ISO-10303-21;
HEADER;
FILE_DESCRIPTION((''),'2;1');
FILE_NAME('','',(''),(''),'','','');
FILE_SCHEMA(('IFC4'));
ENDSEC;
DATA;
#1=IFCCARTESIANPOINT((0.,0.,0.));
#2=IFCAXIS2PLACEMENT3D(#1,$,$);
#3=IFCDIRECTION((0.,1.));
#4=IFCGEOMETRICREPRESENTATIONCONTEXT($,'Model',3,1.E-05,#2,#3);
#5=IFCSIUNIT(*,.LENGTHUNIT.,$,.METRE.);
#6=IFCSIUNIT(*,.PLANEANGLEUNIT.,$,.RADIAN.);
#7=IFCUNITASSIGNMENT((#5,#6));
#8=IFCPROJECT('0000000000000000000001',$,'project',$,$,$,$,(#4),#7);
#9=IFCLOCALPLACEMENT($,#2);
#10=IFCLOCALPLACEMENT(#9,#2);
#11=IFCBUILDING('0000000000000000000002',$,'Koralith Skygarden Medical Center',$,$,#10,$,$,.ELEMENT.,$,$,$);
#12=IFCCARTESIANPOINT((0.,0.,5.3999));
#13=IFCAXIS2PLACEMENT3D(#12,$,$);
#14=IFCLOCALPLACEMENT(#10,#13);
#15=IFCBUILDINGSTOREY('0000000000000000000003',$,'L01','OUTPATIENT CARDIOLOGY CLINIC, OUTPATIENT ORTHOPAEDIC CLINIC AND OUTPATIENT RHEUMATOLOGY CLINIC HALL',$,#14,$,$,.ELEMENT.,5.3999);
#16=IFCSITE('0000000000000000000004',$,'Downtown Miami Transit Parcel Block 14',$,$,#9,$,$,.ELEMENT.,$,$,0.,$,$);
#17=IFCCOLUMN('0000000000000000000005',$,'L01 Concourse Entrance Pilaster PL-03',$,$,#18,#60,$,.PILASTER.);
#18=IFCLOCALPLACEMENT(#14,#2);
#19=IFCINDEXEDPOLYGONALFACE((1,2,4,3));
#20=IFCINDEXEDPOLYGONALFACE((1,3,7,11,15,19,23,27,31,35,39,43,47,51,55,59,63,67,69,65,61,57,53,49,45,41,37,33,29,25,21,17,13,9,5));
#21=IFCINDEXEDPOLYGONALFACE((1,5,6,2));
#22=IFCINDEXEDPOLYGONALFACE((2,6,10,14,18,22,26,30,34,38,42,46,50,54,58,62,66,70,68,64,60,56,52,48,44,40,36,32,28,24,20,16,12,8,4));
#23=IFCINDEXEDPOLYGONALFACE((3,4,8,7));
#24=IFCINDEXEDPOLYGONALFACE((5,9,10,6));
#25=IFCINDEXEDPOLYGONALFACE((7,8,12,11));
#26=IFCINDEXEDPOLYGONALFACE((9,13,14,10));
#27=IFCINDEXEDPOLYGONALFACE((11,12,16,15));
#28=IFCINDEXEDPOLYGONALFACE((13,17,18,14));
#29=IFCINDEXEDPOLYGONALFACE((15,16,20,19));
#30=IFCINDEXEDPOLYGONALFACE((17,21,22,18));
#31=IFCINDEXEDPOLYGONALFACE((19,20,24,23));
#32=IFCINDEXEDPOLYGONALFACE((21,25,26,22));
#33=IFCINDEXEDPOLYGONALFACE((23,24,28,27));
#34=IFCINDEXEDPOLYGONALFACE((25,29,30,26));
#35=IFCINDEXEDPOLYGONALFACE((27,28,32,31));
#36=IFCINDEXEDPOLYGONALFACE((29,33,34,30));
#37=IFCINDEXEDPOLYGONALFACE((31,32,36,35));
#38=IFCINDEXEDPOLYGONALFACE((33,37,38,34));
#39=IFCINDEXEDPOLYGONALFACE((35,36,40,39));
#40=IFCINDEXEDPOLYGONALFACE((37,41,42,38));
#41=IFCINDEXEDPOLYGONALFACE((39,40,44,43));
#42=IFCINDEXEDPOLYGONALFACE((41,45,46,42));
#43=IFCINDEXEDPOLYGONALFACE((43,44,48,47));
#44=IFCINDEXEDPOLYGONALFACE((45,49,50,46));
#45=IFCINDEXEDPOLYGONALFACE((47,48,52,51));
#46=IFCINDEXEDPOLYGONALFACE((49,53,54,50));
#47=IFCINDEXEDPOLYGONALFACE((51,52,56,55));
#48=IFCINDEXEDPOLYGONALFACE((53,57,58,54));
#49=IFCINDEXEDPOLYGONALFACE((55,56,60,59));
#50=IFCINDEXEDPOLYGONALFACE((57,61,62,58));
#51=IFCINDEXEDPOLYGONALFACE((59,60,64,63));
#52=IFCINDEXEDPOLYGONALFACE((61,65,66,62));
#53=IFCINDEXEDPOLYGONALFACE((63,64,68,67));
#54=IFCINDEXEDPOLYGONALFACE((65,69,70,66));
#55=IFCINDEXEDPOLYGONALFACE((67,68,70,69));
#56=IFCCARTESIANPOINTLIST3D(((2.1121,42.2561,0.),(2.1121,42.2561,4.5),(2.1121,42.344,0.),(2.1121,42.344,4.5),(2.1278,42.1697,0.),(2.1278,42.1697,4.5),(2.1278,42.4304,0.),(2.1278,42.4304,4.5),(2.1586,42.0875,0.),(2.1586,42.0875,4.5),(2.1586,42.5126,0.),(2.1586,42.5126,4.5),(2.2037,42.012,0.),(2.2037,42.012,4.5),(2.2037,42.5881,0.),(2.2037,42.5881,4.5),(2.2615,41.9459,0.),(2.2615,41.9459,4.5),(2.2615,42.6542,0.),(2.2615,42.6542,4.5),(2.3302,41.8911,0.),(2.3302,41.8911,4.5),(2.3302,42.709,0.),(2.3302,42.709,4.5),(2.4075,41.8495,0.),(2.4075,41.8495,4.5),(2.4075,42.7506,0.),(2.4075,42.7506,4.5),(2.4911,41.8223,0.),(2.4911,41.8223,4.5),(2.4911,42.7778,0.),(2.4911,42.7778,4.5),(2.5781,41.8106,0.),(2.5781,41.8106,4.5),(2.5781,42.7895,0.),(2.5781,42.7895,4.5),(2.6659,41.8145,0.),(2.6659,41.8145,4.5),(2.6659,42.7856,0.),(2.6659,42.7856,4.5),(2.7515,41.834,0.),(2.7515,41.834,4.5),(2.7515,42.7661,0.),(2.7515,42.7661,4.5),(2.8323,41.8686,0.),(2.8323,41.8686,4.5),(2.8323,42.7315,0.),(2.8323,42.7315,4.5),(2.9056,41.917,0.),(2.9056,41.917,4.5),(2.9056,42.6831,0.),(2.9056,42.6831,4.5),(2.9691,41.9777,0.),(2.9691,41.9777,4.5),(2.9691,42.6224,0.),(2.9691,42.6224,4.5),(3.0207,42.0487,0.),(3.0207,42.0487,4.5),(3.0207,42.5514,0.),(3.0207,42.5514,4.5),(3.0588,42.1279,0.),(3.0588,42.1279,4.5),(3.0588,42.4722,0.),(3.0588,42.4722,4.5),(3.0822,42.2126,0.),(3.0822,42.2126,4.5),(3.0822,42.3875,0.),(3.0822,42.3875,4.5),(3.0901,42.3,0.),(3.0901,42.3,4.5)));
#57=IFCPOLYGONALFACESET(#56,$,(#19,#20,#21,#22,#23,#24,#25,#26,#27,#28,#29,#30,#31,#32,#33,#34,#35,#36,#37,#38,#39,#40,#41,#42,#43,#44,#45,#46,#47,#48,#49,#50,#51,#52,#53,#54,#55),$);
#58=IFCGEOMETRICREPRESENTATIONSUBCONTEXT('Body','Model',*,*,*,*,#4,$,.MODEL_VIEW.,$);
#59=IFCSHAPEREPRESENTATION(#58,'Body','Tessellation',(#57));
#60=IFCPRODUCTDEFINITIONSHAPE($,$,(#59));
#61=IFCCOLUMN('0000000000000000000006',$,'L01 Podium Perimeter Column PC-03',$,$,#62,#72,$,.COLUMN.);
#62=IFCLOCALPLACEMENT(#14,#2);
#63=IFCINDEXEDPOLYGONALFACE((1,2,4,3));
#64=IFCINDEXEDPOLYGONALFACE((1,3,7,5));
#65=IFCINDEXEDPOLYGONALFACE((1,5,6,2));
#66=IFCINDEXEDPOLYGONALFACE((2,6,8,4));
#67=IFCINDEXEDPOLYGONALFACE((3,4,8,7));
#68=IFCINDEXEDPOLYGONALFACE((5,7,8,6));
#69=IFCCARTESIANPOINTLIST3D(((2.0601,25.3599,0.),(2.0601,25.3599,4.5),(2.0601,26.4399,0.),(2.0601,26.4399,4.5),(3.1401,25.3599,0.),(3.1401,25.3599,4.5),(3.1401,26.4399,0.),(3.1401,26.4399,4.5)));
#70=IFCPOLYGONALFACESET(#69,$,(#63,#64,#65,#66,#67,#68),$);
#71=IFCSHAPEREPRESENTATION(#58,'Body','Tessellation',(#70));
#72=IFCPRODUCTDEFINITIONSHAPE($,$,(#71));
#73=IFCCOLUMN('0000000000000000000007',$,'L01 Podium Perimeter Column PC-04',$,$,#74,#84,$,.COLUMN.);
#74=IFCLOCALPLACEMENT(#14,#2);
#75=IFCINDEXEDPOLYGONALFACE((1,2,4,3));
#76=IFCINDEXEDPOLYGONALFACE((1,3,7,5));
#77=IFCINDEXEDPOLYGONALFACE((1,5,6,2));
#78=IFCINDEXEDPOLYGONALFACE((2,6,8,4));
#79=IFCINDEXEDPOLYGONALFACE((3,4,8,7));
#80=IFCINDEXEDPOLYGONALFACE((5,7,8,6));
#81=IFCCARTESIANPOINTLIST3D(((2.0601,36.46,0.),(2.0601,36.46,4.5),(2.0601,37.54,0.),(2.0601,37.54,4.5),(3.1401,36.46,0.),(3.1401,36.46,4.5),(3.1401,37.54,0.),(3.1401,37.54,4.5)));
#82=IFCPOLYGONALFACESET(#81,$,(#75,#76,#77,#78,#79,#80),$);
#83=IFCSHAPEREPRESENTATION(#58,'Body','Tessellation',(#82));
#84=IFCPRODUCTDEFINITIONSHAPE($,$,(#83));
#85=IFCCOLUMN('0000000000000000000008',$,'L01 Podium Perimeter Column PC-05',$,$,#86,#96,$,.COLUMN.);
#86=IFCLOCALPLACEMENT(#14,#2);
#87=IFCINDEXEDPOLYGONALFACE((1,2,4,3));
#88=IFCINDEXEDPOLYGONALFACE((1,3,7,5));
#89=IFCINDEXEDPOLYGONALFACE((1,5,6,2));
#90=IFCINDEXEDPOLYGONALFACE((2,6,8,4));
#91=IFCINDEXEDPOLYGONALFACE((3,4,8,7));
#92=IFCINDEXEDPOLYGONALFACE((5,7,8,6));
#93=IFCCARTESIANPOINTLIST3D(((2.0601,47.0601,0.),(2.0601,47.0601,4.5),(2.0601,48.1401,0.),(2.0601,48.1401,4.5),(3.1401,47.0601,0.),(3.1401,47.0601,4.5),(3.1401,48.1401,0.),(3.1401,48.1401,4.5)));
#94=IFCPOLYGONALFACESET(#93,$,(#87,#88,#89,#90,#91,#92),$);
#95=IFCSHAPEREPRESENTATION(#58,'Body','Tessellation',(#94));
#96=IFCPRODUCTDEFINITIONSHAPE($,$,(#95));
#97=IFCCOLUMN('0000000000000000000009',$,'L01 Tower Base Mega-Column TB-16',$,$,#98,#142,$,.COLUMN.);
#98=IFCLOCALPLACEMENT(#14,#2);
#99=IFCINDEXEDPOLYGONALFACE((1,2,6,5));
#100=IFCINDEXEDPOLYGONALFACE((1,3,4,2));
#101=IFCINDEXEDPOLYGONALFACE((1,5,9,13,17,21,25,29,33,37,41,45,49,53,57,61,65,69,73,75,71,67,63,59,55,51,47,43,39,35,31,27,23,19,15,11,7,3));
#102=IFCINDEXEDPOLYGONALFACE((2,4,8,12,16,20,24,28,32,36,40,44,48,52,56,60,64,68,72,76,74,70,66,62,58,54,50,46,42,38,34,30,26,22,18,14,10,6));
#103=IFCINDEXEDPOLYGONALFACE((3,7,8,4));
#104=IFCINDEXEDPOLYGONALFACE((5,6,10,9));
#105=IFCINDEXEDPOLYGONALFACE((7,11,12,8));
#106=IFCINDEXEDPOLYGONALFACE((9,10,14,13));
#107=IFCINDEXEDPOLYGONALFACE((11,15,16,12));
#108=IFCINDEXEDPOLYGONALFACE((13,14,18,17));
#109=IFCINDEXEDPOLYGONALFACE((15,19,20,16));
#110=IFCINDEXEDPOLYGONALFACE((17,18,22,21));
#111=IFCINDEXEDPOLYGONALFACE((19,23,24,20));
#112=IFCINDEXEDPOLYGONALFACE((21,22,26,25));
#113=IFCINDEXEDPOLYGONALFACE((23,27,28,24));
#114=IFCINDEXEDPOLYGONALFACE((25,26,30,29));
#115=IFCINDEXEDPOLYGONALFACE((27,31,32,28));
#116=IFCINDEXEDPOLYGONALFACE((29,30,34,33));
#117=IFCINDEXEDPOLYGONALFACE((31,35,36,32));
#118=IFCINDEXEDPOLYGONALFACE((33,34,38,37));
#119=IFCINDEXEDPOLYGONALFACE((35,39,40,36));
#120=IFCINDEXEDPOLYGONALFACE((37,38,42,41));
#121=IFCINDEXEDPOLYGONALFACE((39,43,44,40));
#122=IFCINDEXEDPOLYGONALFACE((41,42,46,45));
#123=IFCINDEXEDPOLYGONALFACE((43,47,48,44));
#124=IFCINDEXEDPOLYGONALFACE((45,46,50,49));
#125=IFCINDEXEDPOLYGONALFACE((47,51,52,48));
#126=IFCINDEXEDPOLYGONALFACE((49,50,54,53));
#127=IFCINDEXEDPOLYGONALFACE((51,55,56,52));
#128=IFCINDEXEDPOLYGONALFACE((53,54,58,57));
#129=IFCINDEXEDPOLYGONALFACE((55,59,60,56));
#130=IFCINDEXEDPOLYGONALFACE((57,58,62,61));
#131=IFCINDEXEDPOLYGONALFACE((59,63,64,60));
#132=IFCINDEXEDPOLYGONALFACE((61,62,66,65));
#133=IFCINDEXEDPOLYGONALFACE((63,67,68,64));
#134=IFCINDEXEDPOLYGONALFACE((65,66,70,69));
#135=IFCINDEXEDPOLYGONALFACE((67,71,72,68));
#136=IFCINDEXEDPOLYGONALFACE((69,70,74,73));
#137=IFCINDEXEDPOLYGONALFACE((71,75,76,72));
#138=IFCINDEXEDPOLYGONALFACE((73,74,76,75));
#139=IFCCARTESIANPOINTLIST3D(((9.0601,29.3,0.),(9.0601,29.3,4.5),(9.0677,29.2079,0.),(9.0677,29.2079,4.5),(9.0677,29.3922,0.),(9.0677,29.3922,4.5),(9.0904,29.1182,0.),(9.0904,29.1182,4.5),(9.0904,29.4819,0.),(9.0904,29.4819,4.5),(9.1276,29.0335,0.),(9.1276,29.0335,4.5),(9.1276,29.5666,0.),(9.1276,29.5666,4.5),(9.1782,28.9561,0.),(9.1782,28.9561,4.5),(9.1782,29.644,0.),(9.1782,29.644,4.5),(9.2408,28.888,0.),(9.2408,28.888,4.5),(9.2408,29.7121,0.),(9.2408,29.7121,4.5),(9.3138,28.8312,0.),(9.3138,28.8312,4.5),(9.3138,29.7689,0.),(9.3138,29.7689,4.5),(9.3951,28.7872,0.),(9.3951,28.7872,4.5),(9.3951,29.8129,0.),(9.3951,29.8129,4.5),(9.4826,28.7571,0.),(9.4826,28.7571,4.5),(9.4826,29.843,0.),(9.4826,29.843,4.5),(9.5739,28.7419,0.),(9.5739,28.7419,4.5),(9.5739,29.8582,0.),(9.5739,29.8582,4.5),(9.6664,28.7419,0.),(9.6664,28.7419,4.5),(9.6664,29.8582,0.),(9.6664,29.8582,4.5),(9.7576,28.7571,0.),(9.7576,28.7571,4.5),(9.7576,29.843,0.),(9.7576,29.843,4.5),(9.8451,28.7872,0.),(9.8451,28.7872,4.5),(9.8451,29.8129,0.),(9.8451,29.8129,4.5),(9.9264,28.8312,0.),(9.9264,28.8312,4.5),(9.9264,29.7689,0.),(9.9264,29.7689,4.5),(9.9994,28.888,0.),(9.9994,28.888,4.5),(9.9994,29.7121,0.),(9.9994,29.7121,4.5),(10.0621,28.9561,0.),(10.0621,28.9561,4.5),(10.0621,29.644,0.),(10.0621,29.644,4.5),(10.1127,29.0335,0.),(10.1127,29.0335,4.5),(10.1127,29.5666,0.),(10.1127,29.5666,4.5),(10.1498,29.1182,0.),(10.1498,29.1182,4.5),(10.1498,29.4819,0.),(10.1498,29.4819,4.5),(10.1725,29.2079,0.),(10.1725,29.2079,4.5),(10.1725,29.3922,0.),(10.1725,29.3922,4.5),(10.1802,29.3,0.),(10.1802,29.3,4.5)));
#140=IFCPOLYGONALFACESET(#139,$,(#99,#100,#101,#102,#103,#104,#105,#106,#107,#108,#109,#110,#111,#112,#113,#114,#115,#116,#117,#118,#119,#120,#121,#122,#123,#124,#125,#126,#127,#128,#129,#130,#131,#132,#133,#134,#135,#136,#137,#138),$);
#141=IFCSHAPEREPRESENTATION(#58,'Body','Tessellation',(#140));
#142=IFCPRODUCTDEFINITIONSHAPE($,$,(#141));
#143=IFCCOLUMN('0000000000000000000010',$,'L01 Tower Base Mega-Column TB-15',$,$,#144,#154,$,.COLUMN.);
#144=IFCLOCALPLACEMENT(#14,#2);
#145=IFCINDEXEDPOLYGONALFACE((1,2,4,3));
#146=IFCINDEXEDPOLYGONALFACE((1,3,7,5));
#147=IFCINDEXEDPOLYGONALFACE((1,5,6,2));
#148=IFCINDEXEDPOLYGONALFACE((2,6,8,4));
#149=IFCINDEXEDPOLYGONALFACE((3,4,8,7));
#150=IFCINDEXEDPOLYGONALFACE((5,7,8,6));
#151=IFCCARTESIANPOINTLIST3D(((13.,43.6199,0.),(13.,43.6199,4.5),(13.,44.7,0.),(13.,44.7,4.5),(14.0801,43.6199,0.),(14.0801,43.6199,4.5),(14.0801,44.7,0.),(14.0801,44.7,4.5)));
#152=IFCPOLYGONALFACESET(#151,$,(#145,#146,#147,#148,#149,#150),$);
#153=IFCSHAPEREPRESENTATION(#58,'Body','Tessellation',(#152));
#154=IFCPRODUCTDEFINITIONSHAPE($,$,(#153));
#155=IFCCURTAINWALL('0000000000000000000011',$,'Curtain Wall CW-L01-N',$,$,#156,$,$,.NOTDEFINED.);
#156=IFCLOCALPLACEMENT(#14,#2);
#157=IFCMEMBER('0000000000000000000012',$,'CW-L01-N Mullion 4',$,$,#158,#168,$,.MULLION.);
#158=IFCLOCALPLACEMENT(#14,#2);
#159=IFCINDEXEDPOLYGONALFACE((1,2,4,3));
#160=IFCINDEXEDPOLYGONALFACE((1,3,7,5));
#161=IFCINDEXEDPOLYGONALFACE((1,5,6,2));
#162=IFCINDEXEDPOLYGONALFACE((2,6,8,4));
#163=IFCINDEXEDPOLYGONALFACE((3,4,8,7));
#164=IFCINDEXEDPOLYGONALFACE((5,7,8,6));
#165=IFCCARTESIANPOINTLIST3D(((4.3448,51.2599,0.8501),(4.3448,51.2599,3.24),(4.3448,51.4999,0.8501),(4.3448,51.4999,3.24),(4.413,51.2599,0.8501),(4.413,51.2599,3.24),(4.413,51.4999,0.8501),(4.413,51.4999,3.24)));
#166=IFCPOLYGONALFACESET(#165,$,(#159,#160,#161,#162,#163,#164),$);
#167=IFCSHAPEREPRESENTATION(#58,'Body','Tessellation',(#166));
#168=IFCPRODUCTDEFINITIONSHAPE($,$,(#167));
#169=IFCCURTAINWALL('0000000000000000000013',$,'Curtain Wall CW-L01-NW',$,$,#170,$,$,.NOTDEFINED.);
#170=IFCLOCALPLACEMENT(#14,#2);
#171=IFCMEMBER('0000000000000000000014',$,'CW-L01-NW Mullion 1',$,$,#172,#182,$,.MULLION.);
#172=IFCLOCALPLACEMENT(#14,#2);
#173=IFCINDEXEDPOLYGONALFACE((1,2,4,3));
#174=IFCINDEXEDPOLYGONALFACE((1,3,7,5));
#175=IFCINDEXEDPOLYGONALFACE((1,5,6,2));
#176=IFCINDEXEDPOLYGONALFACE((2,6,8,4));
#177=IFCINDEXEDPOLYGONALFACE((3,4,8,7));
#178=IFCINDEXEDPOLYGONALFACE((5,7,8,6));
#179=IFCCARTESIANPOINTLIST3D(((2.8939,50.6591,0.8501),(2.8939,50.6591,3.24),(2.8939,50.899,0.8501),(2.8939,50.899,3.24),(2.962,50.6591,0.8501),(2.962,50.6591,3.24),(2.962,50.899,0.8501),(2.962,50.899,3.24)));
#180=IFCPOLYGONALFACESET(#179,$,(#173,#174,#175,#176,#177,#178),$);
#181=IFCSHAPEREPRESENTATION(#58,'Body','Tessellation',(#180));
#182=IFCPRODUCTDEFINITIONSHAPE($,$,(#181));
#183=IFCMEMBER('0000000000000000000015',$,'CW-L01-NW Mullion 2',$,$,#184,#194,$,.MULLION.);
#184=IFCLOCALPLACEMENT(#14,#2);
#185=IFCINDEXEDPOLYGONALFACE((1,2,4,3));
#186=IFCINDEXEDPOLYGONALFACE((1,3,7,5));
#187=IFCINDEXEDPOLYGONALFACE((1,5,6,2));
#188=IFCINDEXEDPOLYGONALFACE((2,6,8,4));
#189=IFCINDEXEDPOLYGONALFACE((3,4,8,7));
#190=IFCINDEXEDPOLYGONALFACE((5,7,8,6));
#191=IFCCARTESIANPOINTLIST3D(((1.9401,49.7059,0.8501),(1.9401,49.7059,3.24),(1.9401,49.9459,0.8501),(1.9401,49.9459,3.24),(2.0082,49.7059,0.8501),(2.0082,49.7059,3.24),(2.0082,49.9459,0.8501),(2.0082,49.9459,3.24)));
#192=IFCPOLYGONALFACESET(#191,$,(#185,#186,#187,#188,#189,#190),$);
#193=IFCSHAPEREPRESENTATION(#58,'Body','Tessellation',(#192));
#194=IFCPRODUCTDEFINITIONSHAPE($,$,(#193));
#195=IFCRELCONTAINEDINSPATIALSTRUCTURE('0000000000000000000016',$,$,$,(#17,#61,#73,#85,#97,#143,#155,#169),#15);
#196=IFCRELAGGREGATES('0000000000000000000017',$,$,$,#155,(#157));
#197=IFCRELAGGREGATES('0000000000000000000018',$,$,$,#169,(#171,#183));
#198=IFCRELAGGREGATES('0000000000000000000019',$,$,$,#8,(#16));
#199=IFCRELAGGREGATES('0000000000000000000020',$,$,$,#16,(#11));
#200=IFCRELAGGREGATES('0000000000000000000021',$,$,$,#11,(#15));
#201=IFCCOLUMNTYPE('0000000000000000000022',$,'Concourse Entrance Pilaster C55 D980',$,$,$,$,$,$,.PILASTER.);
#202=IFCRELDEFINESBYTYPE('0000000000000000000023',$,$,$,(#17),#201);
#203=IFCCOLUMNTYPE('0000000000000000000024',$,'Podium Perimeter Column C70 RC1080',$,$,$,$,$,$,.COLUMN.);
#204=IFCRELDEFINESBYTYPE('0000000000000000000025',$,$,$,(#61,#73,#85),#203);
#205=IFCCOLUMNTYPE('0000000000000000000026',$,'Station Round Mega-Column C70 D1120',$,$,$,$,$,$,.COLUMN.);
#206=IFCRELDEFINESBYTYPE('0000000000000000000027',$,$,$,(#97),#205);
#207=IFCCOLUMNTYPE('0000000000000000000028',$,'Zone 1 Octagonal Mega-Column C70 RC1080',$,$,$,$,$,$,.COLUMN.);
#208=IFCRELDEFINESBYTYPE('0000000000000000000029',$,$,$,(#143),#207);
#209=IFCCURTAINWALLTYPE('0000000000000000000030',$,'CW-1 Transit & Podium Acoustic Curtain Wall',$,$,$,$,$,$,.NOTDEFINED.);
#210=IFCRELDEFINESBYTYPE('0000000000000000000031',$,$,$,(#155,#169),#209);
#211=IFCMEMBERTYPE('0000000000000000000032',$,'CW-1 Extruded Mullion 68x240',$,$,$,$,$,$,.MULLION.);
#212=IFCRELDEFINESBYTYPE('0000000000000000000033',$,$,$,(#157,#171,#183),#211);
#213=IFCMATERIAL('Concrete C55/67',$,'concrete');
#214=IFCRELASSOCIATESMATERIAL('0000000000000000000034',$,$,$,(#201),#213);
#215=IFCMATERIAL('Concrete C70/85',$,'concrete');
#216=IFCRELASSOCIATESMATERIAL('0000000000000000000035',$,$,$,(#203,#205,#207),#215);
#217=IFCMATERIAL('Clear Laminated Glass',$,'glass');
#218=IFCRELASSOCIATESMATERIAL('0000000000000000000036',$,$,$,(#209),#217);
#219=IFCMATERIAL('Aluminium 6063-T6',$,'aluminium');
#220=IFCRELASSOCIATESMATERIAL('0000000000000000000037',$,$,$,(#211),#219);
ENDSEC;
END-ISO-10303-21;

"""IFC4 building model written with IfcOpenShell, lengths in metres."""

from ifc_helpers import new_model, si_unit, direction, frame, origin, origin_2d, place, context, subcontext, project, spatial, rectangle, circle, extrude, material, material_profile, profile_set, type_object, element, aggregate, save


model = new_model("IFC4")

# Units and contexts
model_context = context("Model", 3, precision=1e-05, world=origin(), true_north=direction((0.0, 1.0)))
body_context = subcontext(model_context, "Body", "Model", "MODEL_VIEW")
ifc_project = project(units=[si_unit("LENGTHUNIT", "METRE"), si_unit("PLANEANGLEUNIT", "RADIAN")], contexts=[model_context])

# Site, building, storey
site_placement = place(None, origin())
site = spatial("IfcSite", under=ifc_project, at=site_placement, Name="Downtown Miami Transit Parcel Block 14", CompositionType="ELEMENT", RefElevation=0.0)
building_placement = place(site_placement, origin())
building = spatial("IfcBuilding", under=site, at=building_placement, Name="Koralith Skygarden Medical Center", CompositionType="ELEMENT")
storey_placement = place(building_placement, frame((0.0, 0.0, 5.3999)))
storey = spatial("IfcBuildingStorey", under=building, at=storey_placement, Name="L01", Description="OUTPATIENT CARDIOLOGY CLINIC, OUTPATIENT ORTHOPAEDIC CLINIC AND OUTPATIENT RHEUMATOLOGY CLINIC HALL", CompositionType="ELEMENT", Elevation=5.3999)

# Columns
ifc_material_1 = material(Name="Concrete C55/67", Category="concrete")
ifc_material_profile_1 = material_profile(ifc_material_1, circle(Radius=0.49, at=origin_2d()), Name="RCCOL980")
ifc_profile_set_1 = profile_set([ifc_material_profile_1], Name="Concrete C55/67")
column_type_1 = type_object("IfcColumnType", Name="Concourse Entrance Pilaster C55 D980", PredefinedType="PILASTER", material=ifc_profile_set_1)
column_1_placement = place(storey_placement, frame((2.6001, 42.3, 0.0), z_axis=(0.0, 0.0, 1.0), x_axis=(1.0, 0.0, 0.0)))
element("IfcColumn", 1, at=column_1_placement, inside=storey, type_object=column_type_1, Name="L01 Concourse Entrance Pilaster PL-03", PredefinedType="PILASTER", context=body_context, shape_type="SweptSolid", body=[
    extrude(circle(Radius=0.49, at=origin_2d()), origin(), (0.0, 0.0, 1.0), 4.5),
])
ifc_material_2 = material(Name="Concrete C70/85", Category="concrete")
ifc_material_profile_2 = material_profile(ifc_material_2, rectangle(XDim=1.0801, YDim=1.0801, at=origin_2d()), Name="RC1080X1080")
ifc_profile_set_2 = profile_set([ifc_material_profile_2], Name="Concrete C70/85")
column_type_2 = type_object("IfcColumnType", Name="Podium Perimeter Column C70 RC1080", PredefinedType="COLUMN", material=ifc_profile_set_2)
for number, where, z_axis, x_axis, name in (
    (2, (2.6001, 25.8999, 0.0), (0.0, 0.0, 1.0), (1.0, 0.0, 0.0), "L01 Podium Perimeter Column PC-03"),
    (3, (2.6001, 37.0, 0.0), (0.0, 0.0, 1.0), (1.0, 0.0, 0.0), "L01 Podium Perimeter Column PC-04"),
    (4, (2.6001, 47.6001, 0.0), (0.0, 0.0, 1.0), (1.0, 0.0, 0.0), "L01 Podium Perimeter Column PC-05"),
):
    element("IfcColumn", number, at=place(storey_placement, frame(where, z_axis=z_axis, x_axis=x_axis)), inside=storey, type_object=column_type_2, Name=name, PredefinedType="COLUMN", context=body_context, shape_type="SweptSolid", body=[
        extrude(rectangle(XDim=1.0801, YDim=1.0801, at=origin_2d()), origin(), (0.0, 0.0, 1.0), 4.5),
    ])
ifc_material_profile_3 = material_profile(ifc_material_2, circle(Radius=0.5601, at=origin_2d()), Name="RCCOL1120")
ifc_profile_set_3 = profile_set([ifc_material_profile_3], Name="Concrete C70/85")
column_type_3 = type_object("IfcColumnType", Name="Station Round Mega-Column C70 D1120", PredefinedType="COLUMN", material=ifc_profile_set_3)
column_2_placement = place(storey_placement, frame((9.6201, 29.3, 0.0), z_axis=(0.0, 0.0, 1.0), x_axis=(1.0, 0.0, 0.0)))
element("IfcColumn", 5, at=column_2_placement, inside=storey, type_object=column_type_3, Name="L01 Tower Base Mega-Column TB-16", PredefinedType="COLUMN", context=body_context, shape_type="SweptSolid", body=[
    extrude(circle(Radius=0.5601, at=origin_2d()), origin(), (0.0, 0.0, 1.0), 4.5),
])
ifc_material_profile_4 = material_profile(ifc_material_2, rectangle(XDim=1.0801, YDim=1.0801, at=origin_2d()), Name="RC1080X1080")
ifc_profile_set_4 = profile_set([ifc_material_profile_4], Name="Concrete C70/85")
column_type_4 = type_object("IfcColumnType", Name="Zone 1 Octagonal Mega-Column C70 RC1080", PredefinedType="COLUMN", material=ifc_profile_set_4)
column_3_placement = place(storey_placement, frame((13.54, 44.1599, 0.0), z_axis=(0.0, 0.0, 1.0), x_axis=(1.0, 0.0, 0.0)))
element("IfcColumn", 6, at=column_3_placement, inside=storey, type_object=column_type_4, Name="L01 Tower Base Mega-Column TB-15", PredefinedType="COLUMN", context=body_context, shape_type="SweptSolid", body=[
    extrude(rectangle(XDim=1.0801, YDim=1.0801, at=origin_2d()), origin(), (0.0, 0.0, 1.0), 4.5),
])

# Curtain wall, member
ifc_material_3 = material(Name="Clear Laminated Glass", Category="glass")
curtain_wall_type = type_object("IfcCurtainWallType", Name="CW-1 Transit & Podium Acoustic Curtain Wall", PredefinedType="NOTDEFINED", material=ifc_material_3)
curtain_wall_1_placement = place(storey_placement, origin())
curtain_wall_1 = element("IfcCurtainWall", 7, at=curtain_wall_1_placement, inside=storey, type_object=curtain_wall_type, Name="Curtain Wall CW-L01-N", PredefinedType="NOTDEFINED")
ifc_material_4 = material(Name="Aluminium 6063-T6", Category="aluminium")
ifc_material_profile_5 = material_profile(ifc_material_4, rectangle(XDim=0.0681, YDim=0.24, at=origin_2d()), Name="MUL68X240")
ifc_profile_set_5 = profile_set([ifc_material_profile_5], Name="Aluminium 6063-T6")
member_type_1 = type_object("IfcMemberType", Name="CW-1 Extruded Mullion 68x240", PredefinedType="MULLION", material=ifc_profile_set_5)
member_1_placement = place(storey_placement, frame((4.3789, 51.3799, 0.8501), z_axis=(0.0, 0.0, 1.0), x_axis=(1.0, 0.0, 0.0)))
member_1 = element("IfcMember", 8, at=member_1_placement, type_object=member_type_1, Name="CW-L01-N Mullion 4", PredefinedType="MULLION", context=body_context, shape_type="SweptSolid", body=[
    extrude(rectangle(XDim=0.0681, YDim=0.24, at=origin_2d()), origin(), (0.0, 0.0, 1.0), 2.3899),
])

# Curtain wall, members
curtain_wall_2_placement = place(storey_placement, origin())
curtain_wall_2 = element("IfcCurtainWall", 9, at=curtain_wall_2_placement, inside=storey, type_object=curtain_wall_type, Name="Curtain Wall CW-L01-NW", PredefinedType="NOTDEFINED")
member_2_placement = place(storey_placement, frame((2.928, 50.7791, 0.8501), z_axis=(0.0, 0.0, 1.0), x_axis=(1.0, 0.0, 0.0)))
member_2 = element("IfcMember", 10, at=member_2_placement, type_object=member_type_1, Name="CW-L01-NW Mullion 1", PredefinedType="MULLION", context=body_context, shape_type="SweptSolid", body=[
    extrude(rectangle(XDim=0.0681, YDim=0.24, at=origin_2d()), origin(), (0.0, 0.0, 1.0), 2.3899),
])
member_3_placement = place(storey_placement, frame((1.9741, 49.8259, 0.8501), z_axis=(0.0, 0.0, 1.0), x_axis=(1.0, 0.0, 0.0)))
member_3 = element("IfcMember", 11, at=member_3_placement, type_object=member_type_1, Name="CW-L01-NW Mullion 2", PredefinedType="MULLION", context=body_context, shape_type="SweptSolid", body=[
    extrude(rectangle(XDim=0.0681, YDim=0.24, at=origin_2d()), origin(), (0.0, 0.0, 1.0), 2.3899),
])

aggregate(curtain_wall_1, [member_1])
aggregate(curtain_wall_2, [member_2, member_3])

save(model, "model.ifc")
